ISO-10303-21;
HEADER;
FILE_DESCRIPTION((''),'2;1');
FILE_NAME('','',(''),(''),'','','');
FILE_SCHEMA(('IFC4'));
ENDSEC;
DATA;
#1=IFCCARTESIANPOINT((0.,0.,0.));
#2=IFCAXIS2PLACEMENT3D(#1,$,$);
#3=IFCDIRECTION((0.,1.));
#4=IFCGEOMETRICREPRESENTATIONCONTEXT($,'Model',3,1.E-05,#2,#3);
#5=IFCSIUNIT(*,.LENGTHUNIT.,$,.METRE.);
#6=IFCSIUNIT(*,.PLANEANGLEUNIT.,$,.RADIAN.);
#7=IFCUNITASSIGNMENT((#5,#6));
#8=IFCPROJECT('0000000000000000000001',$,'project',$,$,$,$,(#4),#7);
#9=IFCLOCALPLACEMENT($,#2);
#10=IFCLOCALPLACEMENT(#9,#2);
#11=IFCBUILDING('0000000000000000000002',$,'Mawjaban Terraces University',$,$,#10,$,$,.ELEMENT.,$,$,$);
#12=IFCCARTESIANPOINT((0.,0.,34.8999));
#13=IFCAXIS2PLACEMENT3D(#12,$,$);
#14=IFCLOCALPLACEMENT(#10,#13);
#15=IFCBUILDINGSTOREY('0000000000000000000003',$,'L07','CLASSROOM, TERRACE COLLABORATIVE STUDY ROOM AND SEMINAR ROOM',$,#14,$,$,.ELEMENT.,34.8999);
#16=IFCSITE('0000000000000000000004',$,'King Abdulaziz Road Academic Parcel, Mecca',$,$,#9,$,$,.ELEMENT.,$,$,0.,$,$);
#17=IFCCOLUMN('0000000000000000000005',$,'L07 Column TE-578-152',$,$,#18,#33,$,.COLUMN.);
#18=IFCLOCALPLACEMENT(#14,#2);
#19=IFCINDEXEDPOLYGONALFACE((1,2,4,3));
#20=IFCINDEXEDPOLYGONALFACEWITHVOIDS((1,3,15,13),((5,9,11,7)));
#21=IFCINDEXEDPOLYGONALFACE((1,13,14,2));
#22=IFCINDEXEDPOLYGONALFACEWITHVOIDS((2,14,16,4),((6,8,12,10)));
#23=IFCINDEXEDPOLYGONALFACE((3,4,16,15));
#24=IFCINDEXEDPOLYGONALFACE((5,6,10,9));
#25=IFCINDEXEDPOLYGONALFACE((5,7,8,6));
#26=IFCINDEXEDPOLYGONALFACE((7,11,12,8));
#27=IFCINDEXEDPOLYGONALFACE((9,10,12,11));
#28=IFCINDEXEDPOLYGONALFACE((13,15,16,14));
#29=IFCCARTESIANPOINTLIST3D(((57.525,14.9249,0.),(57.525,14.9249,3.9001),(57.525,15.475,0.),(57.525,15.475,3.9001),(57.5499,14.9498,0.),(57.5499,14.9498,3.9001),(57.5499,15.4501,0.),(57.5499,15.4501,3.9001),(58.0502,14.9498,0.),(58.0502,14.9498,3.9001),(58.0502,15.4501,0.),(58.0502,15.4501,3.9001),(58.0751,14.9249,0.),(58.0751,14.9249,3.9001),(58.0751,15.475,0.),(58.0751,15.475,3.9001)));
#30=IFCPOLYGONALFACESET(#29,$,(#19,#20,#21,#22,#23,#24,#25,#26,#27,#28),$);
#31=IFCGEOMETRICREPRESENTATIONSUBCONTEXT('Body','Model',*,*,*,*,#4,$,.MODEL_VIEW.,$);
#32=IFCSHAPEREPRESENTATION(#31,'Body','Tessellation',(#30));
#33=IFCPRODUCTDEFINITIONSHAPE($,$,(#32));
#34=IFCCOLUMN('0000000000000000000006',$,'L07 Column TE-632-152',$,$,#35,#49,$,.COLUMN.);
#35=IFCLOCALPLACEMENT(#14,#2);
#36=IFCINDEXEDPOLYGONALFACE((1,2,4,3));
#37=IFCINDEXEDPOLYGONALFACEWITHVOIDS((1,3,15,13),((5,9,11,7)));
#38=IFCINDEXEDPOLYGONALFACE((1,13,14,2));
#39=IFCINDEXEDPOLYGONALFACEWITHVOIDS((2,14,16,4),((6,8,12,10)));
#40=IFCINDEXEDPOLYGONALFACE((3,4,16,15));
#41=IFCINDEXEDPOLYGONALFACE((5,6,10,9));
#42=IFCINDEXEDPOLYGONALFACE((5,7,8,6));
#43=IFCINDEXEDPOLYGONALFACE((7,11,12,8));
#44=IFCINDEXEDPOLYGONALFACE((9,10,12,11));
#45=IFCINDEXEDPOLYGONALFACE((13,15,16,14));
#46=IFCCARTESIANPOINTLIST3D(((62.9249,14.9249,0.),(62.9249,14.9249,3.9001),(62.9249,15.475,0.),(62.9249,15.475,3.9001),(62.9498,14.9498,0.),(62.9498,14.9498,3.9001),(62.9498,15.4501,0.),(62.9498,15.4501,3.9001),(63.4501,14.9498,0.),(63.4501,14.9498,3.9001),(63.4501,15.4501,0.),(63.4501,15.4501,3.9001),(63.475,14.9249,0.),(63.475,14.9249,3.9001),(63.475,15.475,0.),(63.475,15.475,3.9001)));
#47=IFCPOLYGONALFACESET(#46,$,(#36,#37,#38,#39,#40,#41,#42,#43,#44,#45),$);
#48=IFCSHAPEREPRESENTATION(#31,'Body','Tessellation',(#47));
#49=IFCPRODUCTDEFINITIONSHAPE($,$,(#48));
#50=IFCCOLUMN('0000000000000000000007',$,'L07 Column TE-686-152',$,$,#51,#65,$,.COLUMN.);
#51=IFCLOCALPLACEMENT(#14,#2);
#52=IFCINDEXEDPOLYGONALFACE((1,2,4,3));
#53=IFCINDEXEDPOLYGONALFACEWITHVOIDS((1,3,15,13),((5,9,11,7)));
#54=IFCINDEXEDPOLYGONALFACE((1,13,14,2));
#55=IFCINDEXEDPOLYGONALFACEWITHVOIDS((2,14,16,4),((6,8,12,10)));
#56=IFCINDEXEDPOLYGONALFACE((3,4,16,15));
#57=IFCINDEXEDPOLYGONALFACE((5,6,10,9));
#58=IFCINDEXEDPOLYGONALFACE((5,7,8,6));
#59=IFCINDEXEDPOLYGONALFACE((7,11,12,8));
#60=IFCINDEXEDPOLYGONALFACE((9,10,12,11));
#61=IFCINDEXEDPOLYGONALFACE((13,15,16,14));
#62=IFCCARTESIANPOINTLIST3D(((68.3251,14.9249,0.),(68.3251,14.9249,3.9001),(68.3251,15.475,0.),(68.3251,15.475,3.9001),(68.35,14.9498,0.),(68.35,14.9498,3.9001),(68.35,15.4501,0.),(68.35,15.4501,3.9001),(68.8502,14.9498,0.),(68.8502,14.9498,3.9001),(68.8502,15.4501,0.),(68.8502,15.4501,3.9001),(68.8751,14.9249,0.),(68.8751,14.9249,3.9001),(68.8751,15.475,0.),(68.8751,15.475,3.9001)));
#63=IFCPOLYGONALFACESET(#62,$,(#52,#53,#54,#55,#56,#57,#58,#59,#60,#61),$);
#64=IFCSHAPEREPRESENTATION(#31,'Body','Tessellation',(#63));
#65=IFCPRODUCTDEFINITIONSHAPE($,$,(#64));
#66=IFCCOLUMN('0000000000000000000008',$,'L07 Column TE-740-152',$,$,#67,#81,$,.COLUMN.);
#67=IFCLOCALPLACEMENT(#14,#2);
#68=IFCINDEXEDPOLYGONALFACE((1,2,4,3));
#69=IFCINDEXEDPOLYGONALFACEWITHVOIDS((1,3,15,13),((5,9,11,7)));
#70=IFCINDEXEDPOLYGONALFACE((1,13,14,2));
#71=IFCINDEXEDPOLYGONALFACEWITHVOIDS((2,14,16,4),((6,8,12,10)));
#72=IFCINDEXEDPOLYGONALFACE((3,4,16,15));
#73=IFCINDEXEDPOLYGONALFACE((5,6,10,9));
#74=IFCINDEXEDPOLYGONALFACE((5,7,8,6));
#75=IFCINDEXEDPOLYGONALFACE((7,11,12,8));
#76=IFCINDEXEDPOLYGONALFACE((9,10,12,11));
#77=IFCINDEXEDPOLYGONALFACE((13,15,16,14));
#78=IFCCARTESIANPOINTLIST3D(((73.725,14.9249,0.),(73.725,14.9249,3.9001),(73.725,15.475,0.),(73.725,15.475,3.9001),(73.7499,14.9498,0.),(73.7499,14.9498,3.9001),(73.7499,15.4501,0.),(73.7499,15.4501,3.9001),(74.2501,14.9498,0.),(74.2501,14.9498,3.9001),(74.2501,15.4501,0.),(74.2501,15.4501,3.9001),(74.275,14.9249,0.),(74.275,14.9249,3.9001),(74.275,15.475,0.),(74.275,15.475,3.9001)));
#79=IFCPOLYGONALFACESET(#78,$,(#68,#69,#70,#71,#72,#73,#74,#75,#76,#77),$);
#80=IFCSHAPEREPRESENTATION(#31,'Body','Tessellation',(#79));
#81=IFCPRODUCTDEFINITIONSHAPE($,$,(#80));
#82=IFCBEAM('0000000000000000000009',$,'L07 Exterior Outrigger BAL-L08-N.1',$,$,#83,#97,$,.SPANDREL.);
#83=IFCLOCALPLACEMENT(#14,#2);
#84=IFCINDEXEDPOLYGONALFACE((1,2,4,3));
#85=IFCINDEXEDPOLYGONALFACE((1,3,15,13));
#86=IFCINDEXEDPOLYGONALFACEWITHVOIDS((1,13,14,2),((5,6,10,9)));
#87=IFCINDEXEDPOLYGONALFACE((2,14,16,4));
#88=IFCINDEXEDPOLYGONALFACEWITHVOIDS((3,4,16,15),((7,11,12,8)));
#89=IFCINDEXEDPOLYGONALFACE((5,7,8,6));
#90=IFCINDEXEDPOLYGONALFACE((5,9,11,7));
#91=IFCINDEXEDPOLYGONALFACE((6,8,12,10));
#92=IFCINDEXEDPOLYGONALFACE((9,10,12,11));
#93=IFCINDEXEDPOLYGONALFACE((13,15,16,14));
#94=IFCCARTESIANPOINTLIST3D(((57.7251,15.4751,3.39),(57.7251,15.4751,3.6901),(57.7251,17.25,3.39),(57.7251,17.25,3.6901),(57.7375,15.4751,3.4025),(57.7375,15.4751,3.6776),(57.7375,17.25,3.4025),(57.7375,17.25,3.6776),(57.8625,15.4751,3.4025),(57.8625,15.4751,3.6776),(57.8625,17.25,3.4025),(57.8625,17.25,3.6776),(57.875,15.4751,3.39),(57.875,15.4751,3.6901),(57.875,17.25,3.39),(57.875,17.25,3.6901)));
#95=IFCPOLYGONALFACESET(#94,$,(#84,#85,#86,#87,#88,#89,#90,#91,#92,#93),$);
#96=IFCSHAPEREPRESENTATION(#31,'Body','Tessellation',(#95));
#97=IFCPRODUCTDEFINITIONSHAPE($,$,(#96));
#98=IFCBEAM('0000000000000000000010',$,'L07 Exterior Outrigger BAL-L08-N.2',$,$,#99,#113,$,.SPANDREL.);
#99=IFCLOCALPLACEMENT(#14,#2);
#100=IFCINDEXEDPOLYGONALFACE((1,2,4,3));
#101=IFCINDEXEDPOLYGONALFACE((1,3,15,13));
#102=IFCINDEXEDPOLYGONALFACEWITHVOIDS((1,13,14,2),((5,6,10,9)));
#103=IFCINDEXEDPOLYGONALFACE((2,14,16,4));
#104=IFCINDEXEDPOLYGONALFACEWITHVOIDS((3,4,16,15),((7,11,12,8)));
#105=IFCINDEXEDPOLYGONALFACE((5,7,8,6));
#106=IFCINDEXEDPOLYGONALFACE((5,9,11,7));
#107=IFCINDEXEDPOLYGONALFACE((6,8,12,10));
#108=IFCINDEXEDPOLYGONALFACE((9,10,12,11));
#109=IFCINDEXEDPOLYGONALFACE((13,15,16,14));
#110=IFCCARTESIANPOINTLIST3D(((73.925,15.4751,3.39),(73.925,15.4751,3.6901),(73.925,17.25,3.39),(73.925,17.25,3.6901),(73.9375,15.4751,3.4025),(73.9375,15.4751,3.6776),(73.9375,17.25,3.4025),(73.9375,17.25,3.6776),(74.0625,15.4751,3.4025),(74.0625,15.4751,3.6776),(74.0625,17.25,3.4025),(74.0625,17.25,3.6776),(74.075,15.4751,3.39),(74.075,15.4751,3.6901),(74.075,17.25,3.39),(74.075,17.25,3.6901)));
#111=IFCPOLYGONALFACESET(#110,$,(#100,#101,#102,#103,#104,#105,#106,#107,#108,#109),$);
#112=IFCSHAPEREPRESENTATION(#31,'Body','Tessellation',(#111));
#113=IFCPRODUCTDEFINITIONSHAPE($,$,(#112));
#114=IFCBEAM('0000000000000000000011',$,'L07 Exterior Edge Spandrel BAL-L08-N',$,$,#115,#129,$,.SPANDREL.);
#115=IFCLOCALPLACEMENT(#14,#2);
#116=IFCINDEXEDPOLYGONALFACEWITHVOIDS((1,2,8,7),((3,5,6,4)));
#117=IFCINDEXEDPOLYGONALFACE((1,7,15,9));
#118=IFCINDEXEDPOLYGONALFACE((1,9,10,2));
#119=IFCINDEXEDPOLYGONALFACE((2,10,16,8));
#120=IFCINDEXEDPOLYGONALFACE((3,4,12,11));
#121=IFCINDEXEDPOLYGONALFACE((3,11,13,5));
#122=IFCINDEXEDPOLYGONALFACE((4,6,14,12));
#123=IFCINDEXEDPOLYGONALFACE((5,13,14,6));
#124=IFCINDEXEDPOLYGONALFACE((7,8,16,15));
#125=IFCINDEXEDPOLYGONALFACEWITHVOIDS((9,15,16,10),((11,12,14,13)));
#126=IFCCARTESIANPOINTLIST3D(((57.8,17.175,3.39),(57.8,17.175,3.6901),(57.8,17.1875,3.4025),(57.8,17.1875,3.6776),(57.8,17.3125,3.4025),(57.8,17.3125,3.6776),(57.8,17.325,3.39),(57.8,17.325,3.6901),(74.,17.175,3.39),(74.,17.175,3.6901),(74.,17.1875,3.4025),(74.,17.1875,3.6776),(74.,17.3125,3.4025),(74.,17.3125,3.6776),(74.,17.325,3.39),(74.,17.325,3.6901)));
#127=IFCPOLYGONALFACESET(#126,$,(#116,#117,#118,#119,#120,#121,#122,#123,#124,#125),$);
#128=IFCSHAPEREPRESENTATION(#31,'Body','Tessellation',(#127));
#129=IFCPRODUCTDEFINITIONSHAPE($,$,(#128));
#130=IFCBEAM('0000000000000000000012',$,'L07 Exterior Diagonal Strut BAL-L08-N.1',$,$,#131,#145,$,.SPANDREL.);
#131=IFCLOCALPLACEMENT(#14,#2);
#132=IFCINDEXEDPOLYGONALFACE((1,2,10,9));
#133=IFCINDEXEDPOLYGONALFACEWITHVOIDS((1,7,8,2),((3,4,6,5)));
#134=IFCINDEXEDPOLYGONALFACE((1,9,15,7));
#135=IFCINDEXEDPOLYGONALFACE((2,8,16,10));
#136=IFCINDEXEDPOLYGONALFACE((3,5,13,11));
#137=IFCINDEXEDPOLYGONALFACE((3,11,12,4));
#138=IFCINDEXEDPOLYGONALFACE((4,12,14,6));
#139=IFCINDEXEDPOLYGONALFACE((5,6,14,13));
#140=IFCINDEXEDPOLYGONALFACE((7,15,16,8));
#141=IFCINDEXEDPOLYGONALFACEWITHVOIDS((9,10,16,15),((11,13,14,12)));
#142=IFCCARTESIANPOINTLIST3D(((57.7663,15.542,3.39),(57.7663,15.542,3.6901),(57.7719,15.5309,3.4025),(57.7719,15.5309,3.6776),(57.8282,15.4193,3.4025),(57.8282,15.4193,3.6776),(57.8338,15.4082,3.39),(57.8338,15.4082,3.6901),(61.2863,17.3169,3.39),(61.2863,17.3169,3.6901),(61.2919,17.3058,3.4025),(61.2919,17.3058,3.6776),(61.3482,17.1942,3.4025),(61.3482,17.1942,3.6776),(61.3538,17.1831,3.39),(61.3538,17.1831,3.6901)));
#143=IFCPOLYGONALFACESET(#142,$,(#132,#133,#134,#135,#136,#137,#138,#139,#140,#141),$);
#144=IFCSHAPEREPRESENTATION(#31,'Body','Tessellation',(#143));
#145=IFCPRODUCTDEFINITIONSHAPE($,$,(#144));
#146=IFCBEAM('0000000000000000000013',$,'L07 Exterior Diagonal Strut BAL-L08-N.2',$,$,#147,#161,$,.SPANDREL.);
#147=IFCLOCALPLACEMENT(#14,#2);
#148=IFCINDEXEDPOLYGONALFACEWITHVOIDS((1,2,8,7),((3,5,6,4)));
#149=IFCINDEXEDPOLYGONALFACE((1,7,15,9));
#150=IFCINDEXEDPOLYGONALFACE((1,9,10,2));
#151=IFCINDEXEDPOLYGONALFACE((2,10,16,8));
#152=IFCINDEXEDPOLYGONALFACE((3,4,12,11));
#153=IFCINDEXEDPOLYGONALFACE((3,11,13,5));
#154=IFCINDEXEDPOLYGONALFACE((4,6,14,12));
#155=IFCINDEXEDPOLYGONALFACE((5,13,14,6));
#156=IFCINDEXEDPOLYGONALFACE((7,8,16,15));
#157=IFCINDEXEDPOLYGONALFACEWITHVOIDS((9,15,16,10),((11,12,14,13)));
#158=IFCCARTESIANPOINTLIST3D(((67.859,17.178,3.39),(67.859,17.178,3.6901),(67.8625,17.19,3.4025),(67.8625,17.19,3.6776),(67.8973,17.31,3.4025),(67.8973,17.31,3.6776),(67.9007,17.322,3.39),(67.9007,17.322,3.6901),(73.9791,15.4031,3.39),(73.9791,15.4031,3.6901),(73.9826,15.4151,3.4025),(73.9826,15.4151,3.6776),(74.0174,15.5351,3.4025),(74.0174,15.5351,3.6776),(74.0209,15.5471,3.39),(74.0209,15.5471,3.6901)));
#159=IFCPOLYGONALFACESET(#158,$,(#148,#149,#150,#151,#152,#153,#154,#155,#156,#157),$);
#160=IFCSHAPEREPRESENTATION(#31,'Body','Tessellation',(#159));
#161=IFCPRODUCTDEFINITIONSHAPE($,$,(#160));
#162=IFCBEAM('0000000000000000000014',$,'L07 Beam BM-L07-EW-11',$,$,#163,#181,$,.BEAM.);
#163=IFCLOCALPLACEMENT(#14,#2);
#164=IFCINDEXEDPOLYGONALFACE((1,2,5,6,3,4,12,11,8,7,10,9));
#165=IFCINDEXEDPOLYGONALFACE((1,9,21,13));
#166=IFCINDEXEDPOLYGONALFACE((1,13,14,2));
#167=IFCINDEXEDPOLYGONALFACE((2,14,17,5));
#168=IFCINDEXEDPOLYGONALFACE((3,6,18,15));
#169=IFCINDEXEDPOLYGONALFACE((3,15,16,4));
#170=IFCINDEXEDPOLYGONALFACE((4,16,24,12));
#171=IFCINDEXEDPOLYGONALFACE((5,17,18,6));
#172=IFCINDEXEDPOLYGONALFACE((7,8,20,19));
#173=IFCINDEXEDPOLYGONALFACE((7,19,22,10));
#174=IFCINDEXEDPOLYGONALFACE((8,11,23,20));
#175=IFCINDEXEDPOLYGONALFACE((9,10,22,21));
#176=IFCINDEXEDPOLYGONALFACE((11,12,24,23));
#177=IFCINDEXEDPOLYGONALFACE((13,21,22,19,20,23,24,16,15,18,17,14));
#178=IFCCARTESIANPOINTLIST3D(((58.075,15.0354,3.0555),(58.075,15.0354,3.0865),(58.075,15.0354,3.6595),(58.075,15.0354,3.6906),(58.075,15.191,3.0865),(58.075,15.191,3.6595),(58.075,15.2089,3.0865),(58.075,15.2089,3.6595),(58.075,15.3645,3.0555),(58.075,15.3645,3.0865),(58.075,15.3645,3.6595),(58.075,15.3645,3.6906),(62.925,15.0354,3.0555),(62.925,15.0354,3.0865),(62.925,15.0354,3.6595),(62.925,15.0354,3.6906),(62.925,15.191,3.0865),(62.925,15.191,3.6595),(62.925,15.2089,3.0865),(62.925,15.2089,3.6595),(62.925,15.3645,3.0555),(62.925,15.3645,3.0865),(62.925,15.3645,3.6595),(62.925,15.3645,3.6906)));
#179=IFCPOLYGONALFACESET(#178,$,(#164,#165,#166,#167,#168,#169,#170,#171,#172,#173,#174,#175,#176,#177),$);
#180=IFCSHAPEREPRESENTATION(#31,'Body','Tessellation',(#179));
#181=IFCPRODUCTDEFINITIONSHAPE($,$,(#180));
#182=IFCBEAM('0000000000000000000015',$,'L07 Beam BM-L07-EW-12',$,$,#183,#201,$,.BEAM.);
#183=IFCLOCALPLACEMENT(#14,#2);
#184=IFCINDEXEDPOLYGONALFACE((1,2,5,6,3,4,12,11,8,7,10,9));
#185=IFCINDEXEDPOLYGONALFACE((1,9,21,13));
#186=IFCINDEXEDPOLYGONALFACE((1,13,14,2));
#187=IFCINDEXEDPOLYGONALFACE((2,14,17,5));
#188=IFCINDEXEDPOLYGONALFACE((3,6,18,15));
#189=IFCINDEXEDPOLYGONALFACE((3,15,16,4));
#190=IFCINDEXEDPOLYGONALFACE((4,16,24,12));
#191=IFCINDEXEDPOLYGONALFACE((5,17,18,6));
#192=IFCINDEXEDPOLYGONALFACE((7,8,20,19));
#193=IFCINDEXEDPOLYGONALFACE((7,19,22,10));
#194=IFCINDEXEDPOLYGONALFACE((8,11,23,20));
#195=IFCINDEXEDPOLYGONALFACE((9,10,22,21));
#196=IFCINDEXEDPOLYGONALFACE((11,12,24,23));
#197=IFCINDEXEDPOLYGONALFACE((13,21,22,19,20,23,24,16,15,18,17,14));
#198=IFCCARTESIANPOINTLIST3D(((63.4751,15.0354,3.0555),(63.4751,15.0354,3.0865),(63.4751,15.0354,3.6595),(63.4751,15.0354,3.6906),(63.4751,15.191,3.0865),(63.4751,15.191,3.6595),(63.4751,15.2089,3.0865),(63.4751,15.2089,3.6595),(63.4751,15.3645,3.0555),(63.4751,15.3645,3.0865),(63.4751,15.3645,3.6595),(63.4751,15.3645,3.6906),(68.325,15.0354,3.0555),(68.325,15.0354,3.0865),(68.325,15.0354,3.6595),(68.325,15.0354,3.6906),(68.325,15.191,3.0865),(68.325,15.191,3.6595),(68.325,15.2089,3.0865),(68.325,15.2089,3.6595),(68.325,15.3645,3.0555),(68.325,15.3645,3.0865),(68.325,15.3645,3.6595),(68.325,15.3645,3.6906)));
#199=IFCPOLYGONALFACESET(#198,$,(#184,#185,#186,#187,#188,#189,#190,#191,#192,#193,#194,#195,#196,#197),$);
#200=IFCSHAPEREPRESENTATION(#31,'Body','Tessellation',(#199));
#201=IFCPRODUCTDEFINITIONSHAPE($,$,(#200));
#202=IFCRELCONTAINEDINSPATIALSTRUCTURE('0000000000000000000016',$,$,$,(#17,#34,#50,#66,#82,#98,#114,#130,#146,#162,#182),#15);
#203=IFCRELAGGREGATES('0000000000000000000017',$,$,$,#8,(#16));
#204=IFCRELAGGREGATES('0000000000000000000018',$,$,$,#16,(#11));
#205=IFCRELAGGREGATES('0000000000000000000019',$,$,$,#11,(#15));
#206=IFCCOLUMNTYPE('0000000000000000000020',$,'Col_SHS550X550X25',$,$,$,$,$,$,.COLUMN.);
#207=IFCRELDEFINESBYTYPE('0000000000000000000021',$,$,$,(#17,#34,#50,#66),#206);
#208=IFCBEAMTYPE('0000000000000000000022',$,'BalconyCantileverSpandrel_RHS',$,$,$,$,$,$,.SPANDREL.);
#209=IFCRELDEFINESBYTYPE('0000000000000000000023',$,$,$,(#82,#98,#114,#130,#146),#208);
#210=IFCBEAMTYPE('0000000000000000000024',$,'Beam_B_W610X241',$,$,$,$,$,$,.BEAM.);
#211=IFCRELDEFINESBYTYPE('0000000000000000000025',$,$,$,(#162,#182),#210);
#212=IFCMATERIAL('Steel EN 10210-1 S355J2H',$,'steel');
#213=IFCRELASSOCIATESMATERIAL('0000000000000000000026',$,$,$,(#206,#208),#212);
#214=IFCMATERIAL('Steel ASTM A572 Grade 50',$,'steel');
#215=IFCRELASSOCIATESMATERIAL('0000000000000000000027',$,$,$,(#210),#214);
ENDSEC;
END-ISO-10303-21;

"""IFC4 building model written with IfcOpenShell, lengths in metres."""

from ifc_helpers import new_model, si_unit, direction, frame, origin, origin_2d, place, context, subcontext, project, spatial, hollow_rectangle, i_section, extrude, material, material_profile, profile_set, type_object, element, save


model = new_model("IFC4")

# Units and contexts
model_context = context("Model", 3, precision=1e-05, world=origin(), true_north=direction((0.0, 1.0)))
body_context = subcontext(model_context, "Body", "Model", "MODEL_VIEW")
ifc_project = project(units=[si_unit("LENGTHUNIT", "METRE"), si_unit("PLANEANGLEUNIT", "RADIAN")], contexts=[model_context])

# Site, building, storey
site_placement = place(None, origin())
site = spatial("IfcSite", under=ifc_project, at=site_placement, Name="King Abdulaziz Road Academic Parcel, Mecca", CompositionType="ELEMENT", RefElevation=0.0)
building_placement = place(site_placement, origin())
building = spatial("IfcBuilding", under=site, at=building_placement, Name="Mawjaban Terraces University", CompositionType="ELEMENT")
storey_placement = place(building_placement, frame((0.0, 0.0, 34.8999)))
storey = spatial("IfcBuildingStorey", under=building, at=storey_placement, Name="L07", Description="CLASSROOM, TERRACE COLLABORATIVE STUDY ROOM AND SEMINAR ROOM", CompositionType="ELEMENT", Elevation=34.8999)

# Columns
ifc_material_1 = material(Name="Steel EN 10210-1 S355J2H", Category="steel")
ifc_material_profile_1 = material_profile(ifc_material_1, hollow_rectangle(XDim=0.55, YDim=0.55, WallThickness=0.0249, at=origin_2d()), Name="SHS550X550X25")
ifc_profile_set_1 = profile_set([ifc_material_profile_1], Name="Steel EN 10210-1 S355J2H")
column_type = type_object("IfcColumnType", Name="Col_SHS550X550X25", PredefinedType="COLUMN", material=ifc_profile_set_1)
for number, where, z_axis, x_axis, name in (
    (1, (57.8, 15.2, 0.0), (0.0, 0.0, 1.0), (1.0, 0.0, 0.0), "L07 Column TE-578-152"),
    (2, (63.2, 15.2, 0.0), (0.0, 0.0, 1.0), (1.0, 0.0, 0.0), "L07 Column TE-632-152"),
    (3, (68.6001, 15.2, 0.0), (0.0, 0.0, 1.0), (1.0, 0.0, 0.0), "L07 Column TE-686-152"),
    (4, (74.0, 15.2, 0.0), (0.0, 0.0, 1.0), (1.0, 0.0, 0.0), "L07 Column TE-740-152"),
):
    element("IfcColumn", number, at=place(storey_placement, frame(where, z_axis=z_axis, x_axis=x_axis)), inside=storey, type_object=column_type, Name=name, PredefinedType="COLUMN", context=body_context, shape_type="SweptSolid", body=[
        extrude(hollow_rectangle(XDim=0.55, YDim=0.55, WallThickness=0.0249, at=origin_2d()), origin(), (0.0, 0.0, 1.0), 3.9001),
    ])

# Beams
ifc_material_profile_2 = material_profile(ifc_material_1, hollow_rectangle(XDim=0.1499, YDim=0.3, WallThickness=0.0125, at=origin_2d()), Name="RHS300X150X12.5")
ifc_profile_set_2 = profile_set([ifc_material_profile_2], Name="Steel EN 10210-1 S355J2H")
beam_type_1 = type_object("IfcBeamType", Name="BalconyCantileverSpandrel_RHS", PredefinedType="SPANDREL", material=ifc_profile_set_2)
for number, where, z_axis, x_axis, name in (
    (5, (57.8, 15.4751, 3.54), (0.0, 1.0, 0.0), (-1.0, 0.0, 0.0), "L07 Exterior Outrigger BAL-L08-N.1"),
    (6, (74.0, 15.4751, 3.54), (0.0, 1.0, 0.0), (-1.0, 0.0, 0.0), "L07 Exterior Outrigger BAL-L08-N.2"),
):
    element("IfcBeam", number, at=place(storey_placement, frame(where, z_axis=z_axis, x_axis=x_axis)), inside=storey, type_object=beam_type_1, Name=name, PredefinedType="SPANDREL", context=body_context, shape_type="SweptSolid", body=[
        extrude(hollow_rectangle(XDim=0.1499, YDim=0.3, WallThickness=0.0125, at=origin_2d()), origin(), (0.0, 0.0, 1.0), 1.7749),
    ])
beam_1_placement = place(storey_placement, frame((57.8, 17.25, 3.54), z_axis=(1.0, 0.0, 0.0), x_axis=(0.0, 1.0, 0.0)))
element("IfcBeam", 7, at=beam_1_placement, inside=storey, type_object=beam_type_1, Name="L07 Exterior Edge Spandrel BAL-L08-N", PredefinedType="SPANDREL", context=body_context, shape_type="SweptSolid", body=[
    extrude(hollow_rectangle(XDim=0.1499, YDim=0.3, WallThickness=0.0125, at=origin_2d()), origin(), (0.0, 0.0, 1.0), 16.2),
])
beam_2_placement = place(storey_placement, frame((57.8, 15.4751, 3.54), z_axis=(0.892911, 0.450233, 0.0), x_axis=(-0.450233, 0.892911, 0.0)))
element("IfcBeam", 8, at=beam_2_placement, inside=storey, type_object=beam_type_1, Name="L07 Exterior Diagonal Strut BAL-L08-N.1", PredefinedType="SPANDREL", context=body_context, shape_type="SweptSolid", body=[
    extrude(hollow_rectangle(XDim=0.1499, YDim=0.3, WallThickness=0.0125, at=origin_2d()), origin(), (0.0, 0.0, 1.0), 3.9421),
])
beam_3_placement = place(storey_placement, frame((74.0, 15.4751, 3.54), z_axis=(-0.960426, 0.278534, 0.0), x_axis=(-0.278534, -0.960426, 0.0)))
element("IfcBeam", 9, at=beam_3_placement, inside=storey, type_object=beam_type_1, Name="L07 Exterior Diagonal Strut BAL-L08-N.2", PredefinedType="SPANDREL", context=body_context, shape_type="SweptSolid", body=[
    extrude(hollow_rectangle(XDim=0.1499, YDim=0.3, WallThickness=0.0125, at=origin_2d()), origin(), (0.0, 0.0, 1.0), 6.3723),
])
ifc_material_2 = material(Name="Steel ASTM A572 Grade 50", Category="steel")
ifc_material_profile_3 = material_profile(ifc_material_2, i_section(OverallWidth=0.3291, OverallDepth=0.635, WebThickness=0.0178, FlangeThickness=0.031, at=origin_2d()), Name="W610X241")
ifc_profile_set_3 = profile_set([ifc_material_profile_3], Name="Steel ASTM A572 Grade 50")
beam_type_2 = type_object("IfcBeamType", Name="Beam_B_W610X241", PredefinedType="BEAM", material=ifc_profile_set_3)
beam_4_placement = place(storey_placement, frame((58.075, 15.2, 3.373), z_axis=(1.0, 0.0, 0.0), x_axis=(0.0, 1.0, 0.0)))
element("IfcBeam", 10, at=beam_4_placement, inside=storey, type_object=beam_type_2, Name="L07 Beam BM-L07-EW-11", PredefinedType="BEAM", context=body_context, shape_type="SweptSolid", body=[
    extrude(i_section(OverallWidth=0.3291, OverallDepth=0.635, WebThickness=0.0178, FlangeThickness=0.031, at=origin_2d()), origin(), (0.0, 0.0, 1.0), 4.8501),
])
beam_5_placement = place(storey_placement, frame((63.4751, 15.2, 3.373), z_axis=(1.0, 0.0, 0.0), x_axis=(0.0, 1.0, 0.0)))
element("IfcBeam", 11, at=beam_5_placement, inside=storey, type_object=beam_type_2, Name="L07 Beam BM-L07-EW-12", PredefinedType="BEAM", context=body_context, shape_type="SweptSolid", body=[
    extrude(i_section(OverallWidth=0.3291, OverallDepth=0.635, WebThickness=0.0178, FlangeThickness=0.031, at=origin_2d()), origin(), (0.0, 0.0, 1.0), 4.8499),
])

save(model, "model.ifc")
